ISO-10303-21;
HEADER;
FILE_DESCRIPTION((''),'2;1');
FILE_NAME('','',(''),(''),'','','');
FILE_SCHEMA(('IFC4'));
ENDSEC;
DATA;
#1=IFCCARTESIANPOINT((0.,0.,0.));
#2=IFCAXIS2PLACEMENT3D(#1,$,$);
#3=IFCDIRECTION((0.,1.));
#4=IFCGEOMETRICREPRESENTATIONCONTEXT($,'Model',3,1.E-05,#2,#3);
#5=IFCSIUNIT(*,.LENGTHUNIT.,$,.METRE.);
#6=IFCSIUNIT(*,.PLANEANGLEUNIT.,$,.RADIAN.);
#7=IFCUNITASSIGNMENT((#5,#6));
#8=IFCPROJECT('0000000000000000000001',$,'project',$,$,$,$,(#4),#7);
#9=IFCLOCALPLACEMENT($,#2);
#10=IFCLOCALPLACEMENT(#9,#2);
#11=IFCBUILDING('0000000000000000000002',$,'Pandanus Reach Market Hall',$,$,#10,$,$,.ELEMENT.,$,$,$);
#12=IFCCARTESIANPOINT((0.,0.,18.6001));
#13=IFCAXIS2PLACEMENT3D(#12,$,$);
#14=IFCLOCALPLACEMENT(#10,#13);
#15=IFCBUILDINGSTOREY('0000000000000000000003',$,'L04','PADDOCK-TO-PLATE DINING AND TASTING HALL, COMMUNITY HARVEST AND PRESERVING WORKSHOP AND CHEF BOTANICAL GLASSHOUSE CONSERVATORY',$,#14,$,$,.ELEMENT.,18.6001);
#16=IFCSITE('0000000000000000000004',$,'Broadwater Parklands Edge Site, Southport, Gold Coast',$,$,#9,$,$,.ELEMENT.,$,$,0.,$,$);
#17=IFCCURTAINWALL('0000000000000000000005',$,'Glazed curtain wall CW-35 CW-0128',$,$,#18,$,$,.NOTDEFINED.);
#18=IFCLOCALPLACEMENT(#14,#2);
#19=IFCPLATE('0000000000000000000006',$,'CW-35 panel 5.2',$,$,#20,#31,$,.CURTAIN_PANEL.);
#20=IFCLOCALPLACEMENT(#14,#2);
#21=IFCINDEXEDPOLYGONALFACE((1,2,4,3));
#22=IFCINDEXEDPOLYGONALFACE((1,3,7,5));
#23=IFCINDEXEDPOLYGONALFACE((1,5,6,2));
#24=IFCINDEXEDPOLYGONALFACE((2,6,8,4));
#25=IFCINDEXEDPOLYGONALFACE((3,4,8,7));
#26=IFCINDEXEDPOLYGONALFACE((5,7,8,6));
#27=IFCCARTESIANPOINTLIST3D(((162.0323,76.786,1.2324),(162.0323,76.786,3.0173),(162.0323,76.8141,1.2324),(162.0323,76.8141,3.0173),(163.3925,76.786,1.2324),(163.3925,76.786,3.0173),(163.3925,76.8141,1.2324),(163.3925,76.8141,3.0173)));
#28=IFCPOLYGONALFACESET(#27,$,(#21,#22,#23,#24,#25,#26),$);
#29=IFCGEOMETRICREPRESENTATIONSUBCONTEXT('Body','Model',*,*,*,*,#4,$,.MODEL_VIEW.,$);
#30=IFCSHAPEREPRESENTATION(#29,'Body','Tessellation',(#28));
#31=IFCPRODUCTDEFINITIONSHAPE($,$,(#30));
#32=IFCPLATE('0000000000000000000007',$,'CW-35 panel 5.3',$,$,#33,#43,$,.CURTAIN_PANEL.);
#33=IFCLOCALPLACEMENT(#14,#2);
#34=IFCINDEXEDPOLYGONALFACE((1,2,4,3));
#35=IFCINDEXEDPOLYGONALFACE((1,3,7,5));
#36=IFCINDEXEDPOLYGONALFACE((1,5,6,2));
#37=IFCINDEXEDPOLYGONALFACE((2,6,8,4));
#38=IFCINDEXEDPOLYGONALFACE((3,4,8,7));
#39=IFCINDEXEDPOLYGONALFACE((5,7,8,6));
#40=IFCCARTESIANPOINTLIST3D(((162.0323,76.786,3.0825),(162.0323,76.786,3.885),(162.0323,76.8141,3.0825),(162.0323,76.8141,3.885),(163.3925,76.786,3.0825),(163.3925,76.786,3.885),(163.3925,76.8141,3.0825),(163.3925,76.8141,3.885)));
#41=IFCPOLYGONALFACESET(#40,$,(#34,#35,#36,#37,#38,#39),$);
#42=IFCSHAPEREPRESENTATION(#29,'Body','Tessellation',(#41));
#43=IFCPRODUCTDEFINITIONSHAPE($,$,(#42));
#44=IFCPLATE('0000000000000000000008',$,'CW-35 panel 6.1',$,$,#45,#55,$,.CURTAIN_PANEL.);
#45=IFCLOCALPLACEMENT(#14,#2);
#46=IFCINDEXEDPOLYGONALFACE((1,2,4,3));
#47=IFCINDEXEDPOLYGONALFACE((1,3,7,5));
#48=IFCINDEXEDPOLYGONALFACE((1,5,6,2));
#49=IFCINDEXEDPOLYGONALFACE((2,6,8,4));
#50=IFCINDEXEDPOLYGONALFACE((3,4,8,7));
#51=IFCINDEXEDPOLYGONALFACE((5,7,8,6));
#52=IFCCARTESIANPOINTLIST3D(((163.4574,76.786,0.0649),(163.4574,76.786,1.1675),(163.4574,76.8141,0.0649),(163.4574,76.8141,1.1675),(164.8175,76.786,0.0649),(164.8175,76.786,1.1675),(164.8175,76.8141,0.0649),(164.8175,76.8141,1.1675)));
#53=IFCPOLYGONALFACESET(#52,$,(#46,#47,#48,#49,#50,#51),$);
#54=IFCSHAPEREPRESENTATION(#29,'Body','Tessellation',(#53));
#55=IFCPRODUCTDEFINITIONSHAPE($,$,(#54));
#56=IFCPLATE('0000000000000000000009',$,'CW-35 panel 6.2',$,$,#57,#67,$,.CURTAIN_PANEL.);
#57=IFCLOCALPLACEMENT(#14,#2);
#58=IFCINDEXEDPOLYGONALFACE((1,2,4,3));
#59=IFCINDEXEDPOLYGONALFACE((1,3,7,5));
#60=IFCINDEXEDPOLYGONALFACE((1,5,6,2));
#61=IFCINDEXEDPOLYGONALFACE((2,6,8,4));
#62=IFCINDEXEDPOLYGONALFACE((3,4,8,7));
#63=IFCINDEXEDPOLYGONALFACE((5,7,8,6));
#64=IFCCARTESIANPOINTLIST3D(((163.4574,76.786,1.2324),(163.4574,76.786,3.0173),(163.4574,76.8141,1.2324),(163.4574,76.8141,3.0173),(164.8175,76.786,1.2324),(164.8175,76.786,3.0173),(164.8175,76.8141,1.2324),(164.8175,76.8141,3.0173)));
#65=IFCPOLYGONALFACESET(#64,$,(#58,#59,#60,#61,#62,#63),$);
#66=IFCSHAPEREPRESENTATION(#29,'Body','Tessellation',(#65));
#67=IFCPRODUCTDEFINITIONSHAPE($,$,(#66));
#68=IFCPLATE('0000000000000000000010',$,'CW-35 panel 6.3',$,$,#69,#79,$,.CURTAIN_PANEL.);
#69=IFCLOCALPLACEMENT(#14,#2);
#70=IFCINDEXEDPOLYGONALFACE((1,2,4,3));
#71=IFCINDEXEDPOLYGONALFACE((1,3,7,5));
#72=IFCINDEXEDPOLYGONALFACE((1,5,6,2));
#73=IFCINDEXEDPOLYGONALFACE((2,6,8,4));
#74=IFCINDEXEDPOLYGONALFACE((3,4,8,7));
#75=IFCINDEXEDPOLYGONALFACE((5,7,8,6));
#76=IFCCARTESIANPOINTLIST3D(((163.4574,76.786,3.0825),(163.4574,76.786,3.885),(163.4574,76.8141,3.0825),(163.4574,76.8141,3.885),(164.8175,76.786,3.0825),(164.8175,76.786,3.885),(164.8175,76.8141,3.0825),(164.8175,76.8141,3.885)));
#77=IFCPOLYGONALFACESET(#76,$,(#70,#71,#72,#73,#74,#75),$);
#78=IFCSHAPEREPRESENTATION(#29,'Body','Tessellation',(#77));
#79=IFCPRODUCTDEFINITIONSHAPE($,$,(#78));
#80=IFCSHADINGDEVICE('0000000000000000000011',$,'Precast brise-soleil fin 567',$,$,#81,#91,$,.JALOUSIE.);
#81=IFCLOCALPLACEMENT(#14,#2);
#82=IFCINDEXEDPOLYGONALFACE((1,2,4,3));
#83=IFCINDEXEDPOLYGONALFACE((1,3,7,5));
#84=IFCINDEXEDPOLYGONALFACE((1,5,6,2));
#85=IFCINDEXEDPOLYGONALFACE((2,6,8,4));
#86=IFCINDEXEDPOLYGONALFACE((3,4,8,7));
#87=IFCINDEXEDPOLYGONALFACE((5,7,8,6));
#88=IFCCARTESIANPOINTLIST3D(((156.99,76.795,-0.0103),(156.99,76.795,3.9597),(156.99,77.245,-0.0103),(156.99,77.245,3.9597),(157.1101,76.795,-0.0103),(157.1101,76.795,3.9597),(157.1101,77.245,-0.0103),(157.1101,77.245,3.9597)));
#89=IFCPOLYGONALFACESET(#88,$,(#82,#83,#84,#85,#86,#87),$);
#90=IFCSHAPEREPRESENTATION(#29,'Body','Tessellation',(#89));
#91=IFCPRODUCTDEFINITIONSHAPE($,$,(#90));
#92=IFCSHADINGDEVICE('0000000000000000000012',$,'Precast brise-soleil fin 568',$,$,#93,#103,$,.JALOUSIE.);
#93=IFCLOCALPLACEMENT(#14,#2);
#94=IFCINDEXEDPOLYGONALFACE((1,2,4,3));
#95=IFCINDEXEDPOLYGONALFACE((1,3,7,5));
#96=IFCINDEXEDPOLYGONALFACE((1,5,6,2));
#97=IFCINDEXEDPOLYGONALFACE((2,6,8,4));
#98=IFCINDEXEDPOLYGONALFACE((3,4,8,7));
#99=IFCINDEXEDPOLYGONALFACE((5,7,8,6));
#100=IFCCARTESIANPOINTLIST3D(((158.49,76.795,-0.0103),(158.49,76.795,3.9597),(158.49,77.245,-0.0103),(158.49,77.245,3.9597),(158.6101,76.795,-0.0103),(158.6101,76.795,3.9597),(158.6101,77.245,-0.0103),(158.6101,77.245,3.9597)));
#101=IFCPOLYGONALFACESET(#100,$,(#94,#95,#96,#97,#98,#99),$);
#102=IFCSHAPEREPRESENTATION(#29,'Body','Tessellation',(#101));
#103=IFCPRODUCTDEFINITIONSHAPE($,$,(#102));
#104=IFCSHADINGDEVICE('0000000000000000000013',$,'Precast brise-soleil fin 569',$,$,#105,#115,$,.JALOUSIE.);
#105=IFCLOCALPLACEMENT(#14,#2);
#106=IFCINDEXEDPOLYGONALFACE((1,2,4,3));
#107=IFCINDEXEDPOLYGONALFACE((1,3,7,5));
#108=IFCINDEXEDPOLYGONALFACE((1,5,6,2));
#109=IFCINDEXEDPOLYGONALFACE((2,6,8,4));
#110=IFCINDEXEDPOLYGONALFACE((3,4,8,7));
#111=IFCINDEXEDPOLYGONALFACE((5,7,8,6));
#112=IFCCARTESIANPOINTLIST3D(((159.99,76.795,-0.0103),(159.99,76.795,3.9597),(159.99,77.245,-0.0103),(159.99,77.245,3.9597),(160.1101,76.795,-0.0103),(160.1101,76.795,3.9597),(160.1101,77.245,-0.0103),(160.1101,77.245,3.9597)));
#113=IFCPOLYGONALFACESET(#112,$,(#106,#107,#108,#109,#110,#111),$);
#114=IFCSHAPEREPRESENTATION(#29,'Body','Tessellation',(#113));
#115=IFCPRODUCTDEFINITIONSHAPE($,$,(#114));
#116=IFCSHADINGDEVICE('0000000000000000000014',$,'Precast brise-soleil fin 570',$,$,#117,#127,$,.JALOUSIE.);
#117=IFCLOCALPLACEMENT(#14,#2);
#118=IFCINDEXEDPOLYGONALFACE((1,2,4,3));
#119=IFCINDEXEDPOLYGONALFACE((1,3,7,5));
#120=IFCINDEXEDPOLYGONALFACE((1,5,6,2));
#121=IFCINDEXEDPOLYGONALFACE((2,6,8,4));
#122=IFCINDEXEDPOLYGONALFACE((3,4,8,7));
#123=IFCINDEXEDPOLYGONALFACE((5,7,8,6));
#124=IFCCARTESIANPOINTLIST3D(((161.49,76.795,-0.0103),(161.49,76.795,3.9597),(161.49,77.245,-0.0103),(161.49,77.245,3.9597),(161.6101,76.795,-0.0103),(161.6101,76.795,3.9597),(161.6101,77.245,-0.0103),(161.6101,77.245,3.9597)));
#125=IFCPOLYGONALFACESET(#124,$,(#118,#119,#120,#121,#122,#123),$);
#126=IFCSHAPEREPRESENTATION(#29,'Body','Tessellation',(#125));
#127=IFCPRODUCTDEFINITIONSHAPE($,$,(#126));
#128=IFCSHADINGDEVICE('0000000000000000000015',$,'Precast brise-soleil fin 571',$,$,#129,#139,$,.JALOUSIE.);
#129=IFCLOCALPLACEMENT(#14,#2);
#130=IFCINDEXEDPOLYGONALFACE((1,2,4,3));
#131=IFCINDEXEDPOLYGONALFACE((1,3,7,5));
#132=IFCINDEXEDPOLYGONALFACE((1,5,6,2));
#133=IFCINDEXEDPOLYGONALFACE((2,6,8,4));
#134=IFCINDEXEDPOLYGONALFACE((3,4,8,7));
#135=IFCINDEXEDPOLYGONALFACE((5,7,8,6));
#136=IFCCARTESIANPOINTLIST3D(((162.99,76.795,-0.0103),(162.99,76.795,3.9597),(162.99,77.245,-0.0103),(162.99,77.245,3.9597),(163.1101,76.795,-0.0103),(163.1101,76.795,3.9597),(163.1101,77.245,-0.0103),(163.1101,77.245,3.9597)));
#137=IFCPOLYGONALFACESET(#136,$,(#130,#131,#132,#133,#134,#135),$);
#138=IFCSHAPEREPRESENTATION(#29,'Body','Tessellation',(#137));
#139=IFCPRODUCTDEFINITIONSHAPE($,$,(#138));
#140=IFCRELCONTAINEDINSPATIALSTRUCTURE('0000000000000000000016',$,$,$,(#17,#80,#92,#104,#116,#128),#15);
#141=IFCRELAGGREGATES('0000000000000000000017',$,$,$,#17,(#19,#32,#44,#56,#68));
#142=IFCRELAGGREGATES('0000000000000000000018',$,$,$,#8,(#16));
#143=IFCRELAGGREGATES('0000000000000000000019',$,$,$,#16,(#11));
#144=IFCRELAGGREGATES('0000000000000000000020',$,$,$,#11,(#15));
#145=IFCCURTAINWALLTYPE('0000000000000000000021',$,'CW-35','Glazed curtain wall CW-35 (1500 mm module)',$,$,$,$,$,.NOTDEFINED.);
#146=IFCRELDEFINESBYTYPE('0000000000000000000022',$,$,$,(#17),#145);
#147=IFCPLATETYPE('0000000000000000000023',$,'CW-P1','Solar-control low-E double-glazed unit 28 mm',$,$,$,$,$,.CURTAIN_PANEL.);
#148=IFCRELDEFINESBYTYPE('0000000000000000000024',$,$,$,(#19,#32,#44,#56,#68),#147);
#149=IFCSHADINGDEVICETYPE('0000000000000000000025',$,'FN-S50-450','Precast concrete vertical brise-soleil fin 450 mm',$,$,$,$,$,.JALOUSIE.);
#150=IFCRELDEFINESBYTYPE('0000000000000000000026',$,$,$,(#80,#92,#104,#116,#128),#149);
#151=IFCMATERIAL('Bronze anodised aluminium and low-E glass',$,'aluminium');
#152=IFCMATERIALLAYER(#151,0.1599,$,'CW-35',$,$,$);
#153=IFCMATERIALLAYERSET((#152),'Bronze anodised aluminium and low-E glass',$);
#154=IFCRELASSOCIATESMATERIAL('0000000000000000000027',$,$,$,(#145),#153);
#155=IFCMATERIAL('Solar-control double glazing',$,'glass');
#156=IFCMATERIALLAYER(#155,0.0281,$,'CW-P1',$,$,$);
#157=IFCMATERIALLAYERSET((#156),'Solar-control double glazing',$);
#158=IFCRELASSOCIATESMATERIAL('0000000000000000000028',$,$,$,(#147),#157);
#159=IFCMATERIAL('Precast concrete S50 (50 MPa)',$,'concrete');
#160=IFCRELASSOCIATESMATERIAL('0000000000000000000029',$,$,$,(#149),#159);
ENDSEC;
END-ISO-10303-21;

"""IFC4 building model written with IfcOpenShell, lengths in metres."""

from ifc_helpers import new_model, si_unit, direction, frame, origin, origin_2d, place, context, subcontext, project, spatial, rectangle, extrude, material, layer, layer_set, type_object, element, aggregate, save


model = new_model("IFC4")

# Units and contexts
model_context = context("Model", 3, precision=1e-05, world=origin(), true_north=direction((0.0, 1.0)))
body_context = subcontext(model_context, "Body", "Model", "MODEL_VIEW")
ifc_project = project(units=[si_unit("LENGTHUNIT", "METRE"), si_unit("PLANEANGLEUNIT", "RADIAN")], contexts=[model_context])

# Site, building, storey
site_placement = place(None, origin())
site = spatial("IfcSite", under=ifc_project, at=site_placement, Name="Broadwater Parklands Edge Site, Southport, Gold Coast", CompositionType="ELEMENT", RefElevation=0.0)
building_placement = place(site_placement, origin())
building = spatial("IfcBuilding", under=site, at=building_placement, Name="Pandanus Reach Market Hall", CompositionType="ELEMENT")
storey_placement = place(building_placement, frame((0.0, 0.0, 18.6001)))
storey = spatial("IfcBuildingStorey", under=building, at=storey_placement, Name="L04", Description="PADDOCK-TO-PLATE DINING AND TASTING HALL, COMMUNITY HARVEST AND PRESERVING WORKSHOP AND CHEF BOTANICAL GLASSHOUSE CONSERVATORY", CompositionType="ELEMENT", Elevation=18.6001)

# Curtain wall, plates
ifc_material_1 = material(Name="Bronze anodised aluminium and low-E glass", Category="aluminium")
ifc_layer_1 = layer(ifc_material_1, 0.1599, Name="CW-35")
ifc_layer_set_1 = layer_set([ifc_layer_1], Name="Bronze anodised aluminium and low-E glass")
curtain_wall_type = type_object("IfcCurtainWallType", Name="CW-35", Description="Glazed curtain wall CW-35 (1500 mm module)", PredefinedType="NOTDEFINED", material=ifc_layer_set_1)
curtain_wall_placement = place(storey_placement, origin())
curtain_wall = element("IfcCurtainWall", 1, at=curtain_wall_placement, inside=storey, type_object=curtain_wall_type, Name="Glazed curtain wall CW-35 CW-0128", PredefinedType="NOTDEFINED")
ifc_material_2 = material(Name="Solar-control double glazing", Category="glass")
ifc_layer_2 = layer(ifc_material_2, 0.0281, Name="CW-P1")
ifc_layer_set_2 = layer_set([ifc_layer_2], Name="Solar-control double glazing")
plate_type = type_object("IfcPlateType", Name="CW-P1", Description="Solar-control low-E double-glazed unit 28 mm", PredefinedType="CURTAIN_PANEL", material=ifc_layer_set_2)
plate_1_placement = place(storey_placement, frame((162.7124, 76.8, 1.2324), z_axis=(0.0, 0.0, 1.0), x_axis=(1.0, 0.0, 0.0)))
plate_1 = element("IfcPlate", 2, at=plate_1_placement, type_object=plate_type, Name="CW-35 panel 5.2", PredefinedType="CURTAIN_PANEL", context=body_context, shape_type="SweptSolid", body=[
    extrude(rectangle(XDim=1.3601, YDim=0.0281, at=origin_2d()), origin(), (0.0, 0.0, 1.0), 1.7849),
])
plate_2_placement = place(storey_placement, frame((162.7124, 76.8, 3.0825), z_axis=(0.0, 0.0, 1.0), x_axis=(1.0, 0.0, 0.0)))
plate_2 = element("IfcPlate", 3, at=plate_2_placement, type_object=plate_type, Name="CW-35 panel 5.3", PredefinedType="CURTAIN_PANEL", context=body_context, shape_type="SweptSolid", body=[
    extrude(rectangle(XDim=1.3601, YDim=0.0281, at=origin_2d()), origin(), (0.0, 0.0, 1.0), 0.8025),
])
plate_3_placement = place(storey_placement, frame((164.1375, 76.8, 0.0649), z_axis=(0.0, 0.0, 1.0), x_axis=(1.0, 0.0, 0.0)))
plate_3 = element("IfcPlate", 4, at=plate_3_placement, type_object=plate_type, Name="CW-35 panel 6.1", PredefinedType="CURTAIN_PANEL", context=body_context, shape_type="SweptSolid", body=[
    extrude(rectangle(XDim=1.3601, YDim=0.0281, at=origin_2d()), origin(), (0.0, 0.0, 1.0), 1.1025),
])
plate_4_placement = place(storey_placement, frame((164.1375, 76.8, 1.2324), z_axis=(0.0, 0.0, 1.0), x_axis=(1.0, 0.0, 0.0)))
plate_4 = element("IfcPlate", 5, at=plate_4_placement, type_object=plate_type, Name="CW-35 panel 6.2", PredefinedType="CURTAIN_PANEL", context=body_context, shape_type="SweptSolid", body=[
    extrude(rectangle(XDim=1.3601, YDim=0.0281, at=origin_2d()), origin(), (0.0, 0.0, 1.0), 1.7849),
])
plate_5_placement = place(storey_placement, frame((164.1375, 76.8, 3.0825), z_axis=(0.0, 0.0, 1.0), x_axis=(1.0, 0.0, 0.0)))
plate_5 = element("IfcPlate", 6, at=plate_5_placement, type_object=plate_type, Name="CW-35 panel 6.3", PredefinedType="CURTAIN_PANEL", context=body_context, shape_type="SweptSolid", body=[
    extrude(rectangle(XDim=1.3601, YDim=0.0281, at=origin_2d()), origin(), (0.0, 0.0, 1.0), 0.8025),
])
aggregate(curtain_wall, [plate_1, plate_2, plate_3, plate_4, plate_5])

# Shading devices
ifc_material_3 = material(Name="Precast concrete S50 (50 MPa)", Category="concrete")
shading_device_type = type_object("IfcShadingDeviceType", Name="FN-S50-450", Description="Precast concrete vertical brise-soleil fin 450 mm", PredefinedType="JALOUSIE", material=ifc_material_3)
for number, where, z_axis, x_axis, name in (
    (7, (157.05, 77.02, -0.0103), (0.0, 0.0, 1.0), (0.0, 1.0, 0.0), "Precast brise-soleil fin 567"),
    (8, (158.55, 77.02, -0.0103), (0.0, 0.0, 1.0), (0.0, 1.0, 0.0), "Precast brise-soleil fin 568"),
    (9, (160.05, 77.02, -0.0103), (0.0, 0.0, 1.0), (0.0, 1.0, 0.0), "Precast brise-soleil fin 569"),
    (10, (161.55, 77.02, -0.0103), (0.0, 0.0, 1.0), (0.0, 1.0, 0.0), "Precast brise-soleil fin 570"),
    (11, (163.05, 77.02, -0.0103), (0.0, 0.0, 1.0), (0.0, 1.0, 0.0), "Precast brise-soleil fin 571"),
):
    element("IfcShadingDevice", number, at=place(storey_placement, frame(where, z_axis=z_axis, x_axis=x_axis)), inside=storey, type_object=shading_device_type, Name=name, PredefinedType="JALOUSIE", context=body_context, shape_type="SweptSolid", body=[
        extrude(rectangle(XDim=0.45, YDim=0.1201, at=origin_2d()), origin(), (0.0, 0.0, 1.0), 3.97),
    ])

save(model, "model.ifc")
